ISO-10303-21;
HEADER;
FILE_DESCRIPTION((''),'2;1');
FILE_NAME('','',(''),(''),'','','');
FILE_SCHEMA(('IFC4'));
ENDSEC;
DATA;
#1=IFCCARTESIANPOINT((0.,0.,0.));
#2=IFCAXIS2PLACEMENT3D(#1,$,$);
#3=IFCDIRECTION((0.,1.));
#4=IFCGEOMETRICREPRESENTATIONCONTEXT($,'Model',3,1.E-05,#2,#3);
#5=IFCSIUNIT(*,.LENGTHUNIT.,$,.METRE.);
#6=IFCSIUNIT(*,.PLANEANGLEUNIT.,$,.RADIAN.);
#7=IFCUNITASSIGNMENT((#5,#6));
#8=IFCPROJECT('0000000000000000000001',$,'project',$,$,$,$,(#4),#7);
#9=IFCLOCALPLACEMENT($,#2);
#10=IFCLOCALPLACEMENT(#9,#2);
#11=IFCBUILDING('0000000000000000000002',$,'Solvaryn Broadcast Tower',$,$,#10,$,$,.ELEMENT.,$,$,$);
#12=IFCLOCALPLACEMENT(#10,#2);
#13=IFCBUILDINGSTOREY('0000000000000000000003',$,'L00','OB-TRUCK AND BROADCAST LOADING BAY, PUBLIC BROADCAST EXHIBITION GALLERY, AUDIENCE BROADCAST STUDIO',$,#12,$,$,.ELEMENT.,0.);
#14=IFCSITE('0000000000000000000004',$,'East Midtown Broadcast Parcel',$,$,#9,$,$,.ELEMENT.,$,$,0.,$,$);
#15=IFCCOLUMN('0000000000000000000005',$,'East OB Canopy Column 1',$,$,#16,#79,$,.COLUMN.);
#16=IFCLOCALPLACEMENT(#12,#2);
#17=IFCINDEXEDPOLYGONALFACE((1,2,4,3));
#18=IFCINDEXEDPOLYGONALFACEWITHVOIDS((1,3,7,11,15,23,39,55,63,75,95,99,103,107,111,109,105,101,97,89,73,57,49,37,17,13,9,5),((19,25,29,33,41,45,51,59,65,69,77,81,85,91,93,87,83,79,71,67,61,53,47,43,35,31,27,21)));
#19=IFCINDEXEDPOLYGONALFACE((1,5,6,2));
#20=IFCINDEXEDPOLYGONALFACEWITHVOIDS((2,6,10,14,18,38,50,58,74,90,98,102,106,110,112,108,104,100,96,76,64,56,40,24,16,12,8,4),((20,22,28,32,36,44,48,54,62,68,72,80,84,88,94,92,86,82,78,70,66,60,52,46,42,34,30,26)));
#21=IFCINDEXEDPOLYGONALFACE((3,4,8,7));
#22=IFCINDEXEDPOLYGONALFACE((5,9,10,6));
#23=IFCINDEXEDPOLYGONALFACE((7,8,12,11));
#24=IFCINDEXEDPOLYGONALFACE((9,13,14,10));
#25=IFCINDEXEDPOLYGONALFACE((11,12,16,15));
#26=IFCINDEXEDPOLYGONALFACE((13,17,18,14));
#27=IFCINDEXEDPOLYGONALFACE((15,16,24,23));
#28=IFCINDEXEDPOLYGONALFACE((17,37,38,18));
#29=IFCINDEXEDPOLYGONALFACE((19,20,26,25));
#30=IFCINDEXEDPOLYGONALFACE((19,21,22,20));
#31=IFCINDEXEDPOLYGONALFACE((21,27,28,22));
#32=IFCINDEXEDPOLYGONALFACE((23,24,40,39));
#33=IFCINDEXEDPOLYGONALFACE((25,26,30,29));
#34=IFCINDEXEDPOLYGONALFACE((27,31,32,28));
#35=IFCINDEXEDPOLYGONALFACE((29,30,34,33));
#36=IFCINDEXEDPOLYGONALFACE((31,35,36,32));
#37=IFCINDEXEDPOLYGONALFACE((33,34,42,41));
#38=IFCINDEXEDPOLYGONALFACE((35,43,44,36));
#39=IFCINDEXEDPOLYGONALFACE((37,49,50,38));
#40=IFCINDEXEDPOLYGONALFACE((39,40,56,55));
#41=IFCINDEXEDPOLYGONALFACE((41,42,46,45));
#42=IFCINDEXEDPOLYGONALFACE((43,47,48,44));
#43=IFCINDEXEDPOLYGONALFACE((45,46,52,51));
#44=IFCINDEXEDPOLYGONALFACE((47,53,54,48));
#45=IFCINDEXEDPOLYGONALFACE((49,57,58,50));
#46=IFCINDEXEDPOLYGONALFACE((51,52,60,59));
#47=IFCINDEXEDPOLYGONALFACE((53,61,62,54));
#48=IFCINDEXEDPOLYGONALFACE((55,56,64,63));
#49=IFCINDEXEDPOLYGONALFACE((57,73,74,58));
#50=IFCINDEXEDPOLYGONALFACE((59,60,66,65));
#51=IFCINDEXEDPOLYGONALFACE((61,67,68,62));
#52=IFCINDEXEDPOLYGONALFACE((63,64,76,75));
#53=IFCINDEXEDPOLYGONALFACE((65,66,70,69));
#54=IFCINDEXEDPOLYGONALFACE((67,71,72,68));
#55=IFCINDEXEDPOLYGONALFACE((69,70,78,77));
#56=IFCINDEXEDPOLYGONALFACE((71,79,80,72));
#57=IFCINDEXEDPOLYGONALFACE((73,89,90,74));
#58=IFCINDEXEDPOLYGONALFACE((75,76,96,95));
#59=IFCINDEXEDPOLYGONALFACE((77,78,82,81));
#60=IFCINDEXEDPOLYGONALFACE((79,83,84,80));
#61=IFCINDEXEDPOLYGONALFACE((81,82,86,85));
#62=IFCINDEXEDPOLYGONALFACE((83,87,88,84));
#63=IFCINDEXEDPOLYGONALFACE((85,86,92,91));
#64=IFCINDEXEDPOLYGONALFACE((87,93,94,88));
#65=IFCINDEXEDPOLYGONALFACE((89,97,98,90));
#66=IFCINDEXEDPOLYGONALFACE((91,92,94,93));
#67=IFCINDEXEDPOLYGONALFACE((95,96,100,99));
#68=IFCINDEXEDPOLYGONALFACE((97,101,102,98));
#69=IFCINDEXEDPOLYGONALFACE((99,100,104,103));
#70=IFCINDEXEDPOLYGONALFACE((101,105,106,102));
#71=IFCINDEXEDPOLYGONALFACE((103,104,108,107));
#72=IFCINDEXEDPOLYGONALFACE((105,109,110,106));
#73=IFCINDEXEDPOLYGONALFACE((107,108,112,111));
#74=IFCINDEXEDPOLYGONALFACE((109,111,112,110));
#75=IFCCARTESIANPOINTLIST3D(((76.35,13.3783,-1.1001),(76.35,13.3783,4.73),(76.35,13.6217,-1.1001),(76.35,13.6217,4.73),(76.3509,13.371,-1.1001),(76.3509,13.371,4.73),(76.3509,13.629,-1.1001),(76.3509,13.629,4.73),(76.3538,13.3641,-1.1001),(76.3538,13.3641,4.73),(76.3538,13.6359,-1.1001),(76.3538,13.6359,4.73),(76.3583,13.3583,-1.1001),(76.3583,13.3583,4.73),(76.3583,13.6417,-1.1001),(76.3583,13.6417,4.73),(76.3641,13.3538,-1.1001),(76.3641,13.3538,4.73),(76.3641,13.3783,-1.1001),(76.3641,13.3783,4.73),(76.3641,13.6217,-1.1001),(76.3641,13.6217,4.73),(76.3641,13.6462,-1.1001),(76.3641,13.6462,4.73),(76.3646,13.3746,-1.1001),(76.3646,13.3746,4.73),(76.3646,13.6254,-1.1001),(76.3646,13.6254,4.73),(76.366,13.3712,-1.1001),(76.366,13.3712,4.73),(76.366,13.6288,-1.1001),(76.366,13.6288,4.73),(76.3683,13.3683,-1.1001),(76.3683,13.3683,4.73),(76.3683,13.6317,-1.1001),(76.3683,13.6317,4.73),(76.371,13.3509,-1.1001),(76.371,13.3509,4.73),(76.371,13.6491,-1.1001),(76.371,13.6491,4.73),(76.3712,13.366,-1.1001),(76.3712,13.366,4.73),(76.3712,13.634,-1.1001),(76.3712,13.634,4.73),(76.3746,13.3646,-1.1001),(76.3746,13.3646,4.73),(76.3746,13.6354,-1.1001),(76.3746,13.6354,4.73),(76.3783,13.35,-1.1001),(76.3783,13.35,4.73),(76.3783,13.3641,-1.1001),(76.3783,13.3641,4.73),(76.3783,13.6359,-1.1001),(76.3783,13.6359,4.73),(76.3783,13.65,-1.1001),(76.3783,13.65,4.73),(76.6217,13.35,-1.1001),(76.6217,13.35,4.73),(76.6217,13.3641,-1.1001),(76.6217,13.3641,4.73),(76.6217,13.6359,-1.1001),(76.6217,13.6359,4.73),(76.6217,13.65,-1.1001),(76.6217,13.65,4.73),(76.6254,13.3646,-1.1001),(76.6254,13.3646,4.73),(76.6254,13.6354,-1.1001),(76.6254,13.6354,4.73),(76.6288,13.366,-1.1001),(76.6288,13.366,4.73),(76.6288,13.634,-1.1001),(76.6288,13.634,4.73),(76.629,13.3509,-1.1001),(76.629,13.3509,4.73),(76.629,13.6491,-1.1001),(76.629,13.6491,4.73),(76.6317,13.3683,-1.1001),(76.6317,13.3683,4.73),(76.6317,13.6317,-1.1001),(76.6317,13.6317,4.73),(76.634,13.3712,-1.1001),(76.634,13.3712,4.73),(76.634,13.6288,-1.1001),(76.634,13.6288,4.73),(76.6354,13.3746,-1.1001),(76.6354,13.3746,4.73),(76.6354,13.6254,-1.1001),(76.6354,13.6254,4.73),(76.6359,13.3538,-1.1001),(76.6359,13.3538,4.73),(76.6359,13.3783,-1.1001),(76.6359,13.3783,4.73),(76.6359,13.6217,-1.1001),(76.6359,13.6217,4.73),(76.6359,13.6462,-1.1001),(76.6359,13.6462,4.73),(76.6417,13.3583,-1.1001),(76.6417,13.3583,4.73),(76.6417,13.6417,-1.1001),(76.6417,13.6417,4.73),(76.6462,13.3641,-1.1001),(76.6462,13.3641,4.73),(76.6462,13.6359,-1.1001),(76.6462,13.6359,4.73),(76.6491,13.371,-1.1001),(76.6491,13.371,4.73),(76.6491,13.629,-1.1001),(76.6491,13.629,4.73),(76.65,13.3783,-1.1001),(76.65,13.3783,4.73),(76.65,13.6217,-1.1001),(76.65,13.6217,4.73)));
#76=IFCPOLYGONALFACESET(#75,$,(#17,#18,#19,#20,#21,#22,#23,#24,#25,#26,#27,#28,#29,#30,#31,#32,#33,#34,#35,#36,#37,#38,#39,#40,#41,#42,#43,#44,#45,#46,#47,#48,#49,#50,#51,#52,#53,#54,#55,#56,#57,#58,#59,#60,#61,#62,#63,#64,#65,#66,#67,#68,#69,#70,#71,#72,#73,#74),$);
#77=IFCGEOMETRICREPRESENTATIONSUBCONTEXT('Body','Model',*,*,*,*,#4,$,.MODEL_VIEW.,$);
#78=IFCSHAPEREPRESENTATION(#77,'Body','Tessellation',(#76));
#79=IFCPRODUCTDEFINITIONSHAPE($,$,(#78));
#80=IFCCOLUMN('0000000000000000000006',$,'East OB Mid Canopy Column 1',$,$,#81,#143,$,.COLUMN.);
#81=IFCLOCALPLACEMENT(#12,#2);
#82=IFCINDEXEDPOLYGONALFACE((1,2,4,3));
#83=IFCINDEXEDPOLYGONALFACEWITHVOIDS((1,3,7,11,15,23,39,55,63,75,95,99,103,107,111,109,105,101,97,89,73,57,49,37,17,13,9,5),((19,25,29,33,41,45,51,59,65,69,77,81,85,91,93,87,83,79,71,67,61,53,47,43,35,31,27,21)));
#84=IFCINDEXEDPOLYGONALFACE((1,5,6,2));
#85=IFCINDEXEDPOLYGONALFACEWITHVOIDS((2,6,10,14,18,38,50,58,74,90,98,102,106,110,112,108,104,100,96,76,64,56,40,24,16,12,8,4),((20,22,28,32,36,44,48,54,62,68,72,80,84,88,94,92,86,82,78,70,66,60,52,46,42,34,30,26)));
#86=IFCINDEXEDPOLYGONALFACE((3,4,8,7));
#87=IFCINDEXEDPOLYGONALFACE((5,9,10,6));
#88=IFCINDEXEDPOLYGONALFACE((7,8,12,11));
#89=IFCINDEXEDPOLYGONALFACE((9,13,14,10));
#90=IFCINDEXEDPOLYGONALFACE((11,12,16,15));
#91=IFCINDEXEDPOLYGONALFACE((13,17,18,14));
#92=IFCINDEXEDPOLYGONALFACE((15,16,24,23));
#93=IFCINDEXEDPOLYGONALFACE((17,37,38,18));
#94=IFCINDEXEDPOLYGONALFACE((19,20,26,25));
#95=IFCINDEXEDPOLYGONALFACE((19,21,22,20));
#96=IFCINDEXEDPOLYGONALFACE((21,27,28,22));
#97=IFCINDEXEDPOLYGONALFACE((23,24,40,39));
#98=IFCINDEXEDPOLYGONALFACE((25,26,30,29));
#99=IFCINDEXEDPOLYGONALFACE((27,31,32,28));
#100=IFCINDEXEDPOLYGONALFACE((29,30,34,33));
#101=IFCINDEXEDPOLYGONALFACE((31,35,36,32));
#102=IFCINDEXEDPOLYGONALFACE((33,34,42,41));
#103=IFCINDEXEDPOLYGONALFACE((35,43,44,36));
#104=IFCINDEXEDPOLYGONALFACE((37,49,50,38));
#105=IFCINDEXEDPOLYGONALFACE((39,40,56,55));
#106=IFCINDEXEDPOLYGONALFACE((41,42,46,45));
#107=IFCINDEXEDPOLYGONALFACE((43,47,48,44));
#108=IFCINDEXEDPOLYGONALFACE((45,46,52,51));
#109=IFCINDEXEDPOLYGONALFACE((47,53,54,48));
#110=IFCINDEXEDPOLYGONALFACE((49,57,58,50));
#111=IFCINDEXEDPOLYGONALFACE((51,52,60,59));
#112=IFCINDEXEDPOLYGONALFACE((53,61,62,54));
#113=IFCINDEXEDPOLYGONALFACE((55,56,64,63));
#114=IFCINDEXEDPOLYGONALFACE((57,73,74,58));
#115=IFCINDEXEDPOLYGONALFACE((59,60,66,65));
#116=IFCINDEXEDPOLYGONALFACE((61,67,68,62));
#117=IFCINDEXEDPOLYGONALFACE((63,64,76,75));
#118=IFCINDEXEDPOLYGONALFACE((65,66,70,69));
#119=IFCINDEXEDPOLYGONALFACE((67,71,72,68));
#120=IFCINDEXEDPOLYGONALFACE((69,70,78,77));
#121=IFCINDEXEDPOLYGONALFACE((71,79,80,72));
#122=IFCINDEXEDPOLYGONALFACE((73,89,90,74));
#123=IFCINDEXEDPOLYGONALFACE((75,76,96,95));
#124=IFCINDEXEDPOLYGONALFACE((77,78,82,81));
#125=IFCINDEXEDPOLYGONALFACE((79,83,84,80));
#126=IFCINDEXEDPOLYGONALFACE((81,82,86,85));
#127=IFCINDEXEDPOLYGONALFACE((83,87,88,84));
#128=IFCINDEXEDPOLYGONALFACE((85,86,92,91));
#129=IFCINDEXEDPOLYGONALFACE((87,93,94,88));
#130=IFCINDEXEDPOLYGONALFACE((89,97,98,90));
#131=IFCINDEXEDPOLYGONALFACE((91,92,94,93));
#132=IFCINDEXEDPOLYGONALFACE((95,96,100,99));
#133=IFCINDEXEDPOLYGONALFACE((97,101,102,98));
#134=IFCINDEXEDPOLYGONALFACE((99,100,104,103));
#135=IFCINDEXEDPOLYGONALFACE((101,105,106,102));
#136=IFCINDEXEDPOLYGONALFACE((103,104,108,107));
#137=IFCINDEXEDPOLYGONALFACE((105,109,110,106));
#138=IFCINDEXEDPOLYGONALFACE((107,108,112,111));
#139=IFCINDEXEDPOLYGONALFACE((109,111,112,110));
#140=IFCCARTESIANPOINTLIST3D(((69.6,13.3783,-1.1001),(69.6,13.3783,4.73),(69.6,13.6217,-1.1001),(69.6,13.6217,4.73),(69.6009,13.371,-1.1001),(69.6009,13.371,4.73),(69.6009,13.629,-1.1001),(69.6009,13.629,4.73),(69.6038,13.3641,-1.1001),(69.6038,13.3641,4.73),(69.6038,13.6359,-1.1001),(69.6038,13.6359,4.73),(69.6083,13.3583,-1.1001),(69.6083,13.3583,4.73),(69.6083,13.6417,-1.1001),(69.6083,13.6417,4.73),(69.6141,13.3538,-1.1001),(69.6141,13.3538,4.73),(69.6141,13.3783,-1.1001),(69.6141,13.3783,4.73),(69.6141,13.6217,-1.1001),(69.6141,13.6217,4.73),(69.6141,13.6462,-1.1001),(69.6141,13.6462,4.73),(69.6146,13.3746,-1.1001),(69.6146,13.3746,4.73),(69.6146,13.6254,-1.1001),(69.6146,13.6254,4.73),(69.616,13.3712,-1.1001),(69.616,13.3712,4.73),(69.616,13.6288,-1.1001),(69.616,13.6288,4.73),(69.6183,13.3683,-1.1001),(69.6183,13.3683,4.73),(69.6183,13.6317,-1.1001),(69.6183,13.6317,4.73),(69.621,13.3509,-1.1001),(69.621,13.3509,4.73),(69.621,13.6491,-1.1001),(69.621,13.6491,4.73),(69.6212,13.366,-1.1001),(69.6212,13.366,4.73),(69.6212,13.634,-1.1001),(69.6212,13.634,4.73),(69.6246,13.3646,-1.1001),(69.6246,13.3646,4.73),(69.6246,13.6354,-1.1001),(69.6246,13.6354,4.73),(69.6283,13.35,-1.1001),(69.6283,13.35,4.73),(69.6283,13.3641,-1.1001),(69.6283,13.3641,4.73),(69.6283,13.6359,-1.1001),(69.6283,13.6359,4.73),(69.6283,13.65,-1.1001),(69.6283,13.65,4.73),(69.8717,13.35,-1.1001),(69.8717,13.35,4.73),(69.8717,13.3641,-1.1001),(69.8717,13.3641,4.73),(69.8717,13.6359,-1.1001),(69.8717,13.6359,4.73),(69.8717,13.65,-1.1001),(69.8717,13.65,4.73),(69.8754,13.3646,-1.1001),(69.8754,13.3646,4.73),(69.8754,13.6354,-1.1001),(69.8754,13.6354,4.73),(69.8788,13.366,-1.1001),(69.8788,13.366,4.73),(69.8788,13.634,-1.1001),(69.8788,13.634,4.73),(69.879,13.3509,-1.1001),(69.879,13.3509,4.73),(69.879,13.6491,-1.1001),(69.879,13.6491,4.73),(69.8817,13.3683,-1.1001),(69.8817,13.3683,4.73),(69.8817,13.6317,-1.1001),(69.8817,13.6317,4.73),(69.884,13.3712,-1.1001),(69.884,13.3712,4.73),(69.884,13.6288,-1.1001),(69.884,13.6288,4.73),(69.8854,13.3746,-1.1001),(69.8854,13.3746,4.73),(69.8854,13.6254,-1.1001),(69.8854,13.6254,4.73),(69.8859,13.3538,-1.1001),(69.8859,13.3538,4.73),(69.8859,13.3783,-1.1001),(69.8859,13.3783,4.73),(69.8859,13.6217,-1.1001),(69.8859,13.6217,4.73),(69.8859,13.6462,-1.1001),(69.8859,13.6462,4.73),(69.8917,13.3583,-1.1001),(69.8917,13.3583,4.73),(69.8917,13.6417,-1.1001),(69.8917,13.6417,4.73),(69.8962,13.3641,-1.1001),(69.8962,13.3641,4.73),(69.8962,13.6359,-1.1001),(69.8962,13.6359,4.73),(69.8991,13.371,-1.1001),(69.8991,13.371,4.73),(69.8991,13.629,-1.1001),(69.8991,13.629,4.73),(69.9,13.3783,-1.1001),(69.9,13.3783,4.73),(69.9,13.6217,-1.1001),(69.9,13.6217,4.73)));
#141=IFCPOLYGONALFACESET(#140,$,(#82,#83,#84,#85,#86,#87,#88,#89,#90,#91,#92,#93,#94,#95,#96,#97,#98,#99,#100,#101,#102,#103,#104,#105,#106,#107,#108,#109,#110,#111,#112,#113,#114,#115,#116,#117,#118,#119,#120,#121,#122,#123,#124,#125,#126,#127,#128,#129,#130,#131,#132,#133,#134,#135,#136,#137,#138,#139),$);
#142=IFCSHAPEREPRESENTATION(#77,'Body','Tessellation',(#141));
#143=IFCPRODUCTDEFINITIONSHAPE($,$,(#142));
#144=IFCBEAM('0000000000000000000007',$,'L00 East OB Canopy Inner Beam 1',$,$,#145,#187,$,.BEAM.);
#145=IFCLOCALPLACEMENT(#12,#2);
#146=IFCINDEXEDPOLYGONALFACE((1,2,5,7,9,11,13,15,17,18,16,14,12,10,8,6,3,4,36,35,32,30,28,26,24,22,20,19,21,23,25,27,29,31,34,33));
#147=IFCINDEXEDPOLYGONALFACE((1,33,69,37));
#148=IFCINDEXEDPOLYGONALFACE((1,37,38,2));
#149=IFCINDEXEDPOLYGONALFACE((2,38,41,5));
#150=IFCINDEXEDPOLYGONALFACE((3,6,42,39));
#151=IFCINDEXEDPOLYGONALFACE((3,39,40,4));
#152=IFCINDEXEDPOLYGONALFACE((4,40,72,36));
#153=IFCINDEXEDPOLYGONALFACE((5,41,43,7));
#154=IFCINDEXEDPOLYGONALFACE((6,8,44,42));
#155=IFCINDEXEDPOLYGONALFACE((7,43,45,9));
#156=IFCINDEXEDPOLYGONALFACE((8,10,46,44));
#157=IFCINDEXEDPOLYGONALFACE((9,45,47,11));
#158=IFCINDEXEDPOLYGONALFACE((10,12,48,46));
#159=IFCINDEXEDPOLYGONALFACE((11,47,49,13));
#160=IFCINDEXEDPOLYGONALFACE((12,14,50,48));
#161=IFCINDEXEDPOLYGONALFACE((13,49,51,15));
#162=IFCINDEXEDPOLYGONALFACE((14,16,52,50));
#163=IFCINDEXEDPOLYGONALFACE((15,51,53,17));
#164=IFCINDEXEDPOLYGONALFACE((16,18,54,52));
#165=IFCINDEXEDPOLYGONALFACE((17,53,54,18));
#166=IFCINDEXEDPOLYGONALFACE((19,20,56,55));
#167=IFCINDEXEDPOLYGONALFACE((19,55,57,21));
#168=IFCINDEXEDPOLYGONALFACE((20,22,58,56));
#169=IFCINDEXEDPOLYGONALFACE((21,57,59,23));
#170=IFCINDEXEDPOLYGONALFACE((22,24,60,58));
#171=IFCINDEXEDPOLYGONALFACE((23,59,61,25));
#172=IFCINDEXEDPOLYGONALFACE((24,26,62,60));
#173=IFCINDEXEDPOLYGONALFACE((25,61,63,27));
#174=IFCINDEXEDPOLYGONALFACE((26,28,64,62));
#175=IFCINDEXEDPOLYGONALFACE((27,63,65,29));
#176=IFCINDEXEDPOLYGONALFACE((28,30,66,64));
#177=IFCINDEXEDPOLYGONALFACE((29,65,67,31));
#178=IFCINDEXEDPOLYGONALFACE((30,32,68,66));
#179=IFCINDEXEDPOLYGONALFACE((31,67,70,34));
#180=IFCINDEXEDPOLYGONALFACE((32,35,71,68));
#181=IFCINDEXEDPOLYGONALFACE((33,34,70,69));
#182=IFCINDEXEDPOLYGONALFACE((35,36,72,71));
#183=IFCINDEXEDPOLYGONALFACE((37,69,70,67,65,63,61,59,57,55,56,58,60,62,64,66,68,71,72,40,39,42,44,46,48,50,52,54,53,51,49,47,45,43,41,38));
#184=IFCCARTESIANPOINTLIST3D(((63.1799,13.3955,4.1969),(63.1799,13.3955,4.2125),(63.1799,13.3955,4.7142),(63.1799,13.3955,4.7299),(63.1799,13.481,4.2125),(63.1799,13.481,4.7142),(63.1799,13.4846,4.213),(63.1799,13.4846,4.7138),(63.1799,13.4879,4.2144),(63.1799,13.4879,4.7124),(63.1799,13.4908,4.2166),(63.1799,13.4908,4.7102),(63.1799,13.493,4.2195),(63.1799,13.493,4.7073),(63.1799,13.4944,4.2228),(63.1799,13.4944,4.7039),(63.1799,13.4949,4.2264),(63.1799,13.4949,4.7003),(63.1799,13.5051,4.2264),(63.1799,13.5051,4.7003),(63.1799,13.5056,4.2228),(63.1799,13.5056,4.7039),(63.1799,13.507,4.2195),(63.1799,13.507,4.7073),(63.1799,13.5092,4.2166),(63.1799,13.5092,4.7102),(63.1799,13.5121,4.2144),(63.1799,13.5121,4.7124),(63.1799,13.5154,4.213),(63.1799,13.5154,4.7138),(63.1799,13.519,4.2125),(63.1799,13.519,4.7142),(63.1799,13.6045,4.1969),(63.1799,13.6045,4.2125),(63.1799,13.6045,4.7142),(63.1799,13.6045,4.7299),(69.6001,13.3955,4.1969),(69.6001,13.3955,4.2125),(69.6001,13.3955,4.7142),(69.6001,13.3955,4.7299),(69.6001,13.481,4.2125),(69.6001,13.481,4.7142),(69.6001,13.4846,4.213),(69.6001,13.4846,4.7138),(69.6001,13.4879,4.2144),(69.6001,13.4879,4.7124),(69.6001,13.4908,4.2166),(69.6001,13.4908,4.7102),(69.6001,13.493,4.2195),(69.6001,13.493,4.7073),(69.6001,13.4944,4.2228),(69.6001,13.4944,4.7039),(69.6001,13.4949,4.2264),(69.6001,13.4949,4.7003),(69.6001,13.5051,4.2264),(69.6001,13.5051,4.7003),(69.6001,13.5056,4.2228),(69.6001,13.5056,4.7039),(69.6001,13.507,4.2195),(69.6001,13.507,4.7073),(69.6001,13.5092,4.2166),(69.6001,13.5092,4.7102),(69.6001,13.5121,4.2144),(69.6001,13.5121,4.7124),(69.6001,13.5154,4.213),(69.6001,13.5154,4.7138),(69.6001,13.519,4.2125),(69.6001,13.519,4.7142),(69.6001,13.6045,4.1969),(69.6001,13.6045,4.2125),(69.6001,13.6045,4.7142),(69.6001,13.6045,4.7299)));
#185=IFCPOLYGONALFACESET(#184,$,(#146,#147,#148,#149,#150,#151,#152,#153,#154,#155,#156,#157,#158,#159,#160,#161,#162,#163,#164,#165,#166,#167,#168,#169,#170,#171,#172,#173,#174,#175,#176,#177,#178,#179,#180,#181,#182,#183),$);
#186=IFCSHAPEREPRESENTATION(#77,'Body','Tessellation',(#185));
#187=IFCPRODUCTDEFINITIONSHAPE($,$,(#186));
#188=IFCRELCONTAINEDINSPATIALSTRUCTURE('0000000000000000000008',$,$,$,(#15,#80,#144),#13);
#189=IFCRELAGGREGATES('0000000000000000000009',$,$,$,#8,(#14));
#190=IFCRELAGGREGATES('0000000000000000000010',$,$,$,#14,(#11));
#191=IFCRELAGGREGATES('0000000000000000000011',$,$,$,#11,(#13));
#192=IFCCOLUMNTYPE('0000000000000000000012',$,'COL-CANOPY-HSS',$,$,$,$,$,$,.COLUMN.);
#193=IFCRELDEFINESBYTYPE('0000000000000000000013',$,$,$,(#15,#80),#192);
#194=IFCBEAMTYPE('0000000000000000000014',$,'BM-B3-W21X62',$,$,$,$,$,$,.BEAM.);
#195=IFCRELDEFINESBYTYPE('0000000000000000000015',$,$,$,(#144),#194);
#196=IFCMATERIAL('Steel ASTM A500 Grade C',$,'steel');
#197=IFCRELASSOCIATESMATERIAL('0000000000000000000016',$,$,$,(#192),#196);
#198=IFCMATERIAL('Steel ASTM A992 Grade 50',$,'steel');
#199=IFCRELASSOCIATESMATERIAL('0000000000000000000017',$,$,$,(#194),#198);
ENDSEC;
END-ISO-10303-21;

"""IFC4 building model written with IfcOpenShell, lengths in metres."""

from ifc_helpers import new_model, si_unit, direction, frame, origin, origin_2d, place, context, subcontext, project, spatial, hollow_rectangle, i_section, extrude, material, material_profile, profile_set, type_object, element, save


model = new_model("IFC4")

# Units and contexts
model_context = context("Model", 3, precision=1e-05, world=origin(), true_north=direction((0.0, 1.0)))
body_context = subcontext(model_context, "Body", "Model", "MODEL_VIEW")
ifc_project = project(units=[si_unit("LENGTHUNIT", "METRE"), si_unit("PLANEANGLEUNIT", "RADIAN")], contexts=[model_context])

# Site, building, storey
site_placement = place(None, origin())
site = spatial("IfcSite", under=ifc_project, at=site_placement, Name="East Midtown Broadcast Parcel", CompositionType="ELEMENT", RefElevation=0.0)
building_placement = place(site_placement, origin())
building = spatial("IfcBuilding", under=site, at=building_placement, Name="Solvaryn Broadcast Tower", CompositionType="ELEMENT")
storey_placement = place(building_placement, origin())
storey = spatial("IfcBuildingStorey", under=building, at=storey_placement, Name="L00", Description="OB-TRUCK AND BROADCAST LOADING BAY, PUBLIC BROADCAST EXHIBITION GALLERY, AUDIENCE BROADCAST STUDIO", CompositionType="ELEMENT", Elevation=0.0)

# Columns
ifc_material_1 = material(Name="Steel ASTM A500 Grade C", Category="steel")
ifc_material_profile_1 = material_profile(ifc_material_1, hollow_rectangle(XDim=0.3, YDim=0.3, WallThickness=0.0142, InnerFilletRadius=0.0142, OuterFilletRadius=0.0283, at=origin_2d()))
ifc_profile_set_1 = profile_set([ifc_material_profile_1], Name="Steel ASTM A500 Grade C")
column_type_1 = type_object("IfcColumnType", Name="COL-CANOPY-HSS", PredefinedType="COLUMN", material=ifc_profile_set_1)
for number, where, z_axis, x_axis, name in (
    (1, (76.5, 13.5, -1.1001), (0.0, 0.0, 1.0), (1.0, 0.0, 0.0), "East OB Canopy Column 1"),
    (2, (69.75, 13.5, -1.1001), (0.0, 0.0, 1.0), (1.0, 0.0, 0.0), "East OB Mid Canopy Column 1"),
):
    element("IfcColumn", number, at=place(storey_placement, frame(where, z_axis=z_axis, x_axis=x_axis)), inside=storey, type_object=column_type_1, Name=name, PredefinedType="COLUMN", context=body_context, shape_type="SweptSolid", body=[
        extrude(hollow_rectangle(XDim=0.3, YDim=0.3, WallThickness=0.0142, InnerFilletRadius=0.0142, OuterFilletRadius=0.0283, at=origin_2d()), origin(), (0.0, 0.0, 1.0), 5.8301),
    ])

# Beam
ifc_material_2 = material(Name="Steel ASTM A992 Grade 50", Category="steel")
ifc_material_profile_2 = material_profile(ifc_material_2, i_section(OverallWidth=0.209, OverallDepth=0.533, WebThickness=0.0103, FlangeThickness=0.0156, FilletRadius=0.0139, at=origin_2d()))
ifc_profile_set_2 = profile_set([ifc_material_profile_2], Name="Steel ASTM A992 Grade 50")
beam_type_1 = type_object("IfcBeamType", Name="BM-B3-W21X62", PredefinedType="BEAM", material=ifc_profile_set_2)
beam_1_placement = place(storey_placement, frame((63.1799, 13.5, 4.4634), z_axis=(1.0, 0.0, 0.0), x_axis=(0.0, 1.0, 0.0)))
element("IfcBeam", 3, at=beam_1_placement, inside=storey, type_object=beam_type_1, Name="L00 East OB Canopy Inner Beam 1", PredefinedType="BEAM", context=body_context, shape_type="SweptSolid", body=[
    extrude(i_section(OverallWidth=0.209, OverallDepth=0.533, WebThickness=0.0103, FlangeThickness=0.0156, FilletRadius=0.0139, at=origin_2d()), origin(), (0.0, 0.0, 1.0), 6.4202),
])

save(model, "model.ifc")
